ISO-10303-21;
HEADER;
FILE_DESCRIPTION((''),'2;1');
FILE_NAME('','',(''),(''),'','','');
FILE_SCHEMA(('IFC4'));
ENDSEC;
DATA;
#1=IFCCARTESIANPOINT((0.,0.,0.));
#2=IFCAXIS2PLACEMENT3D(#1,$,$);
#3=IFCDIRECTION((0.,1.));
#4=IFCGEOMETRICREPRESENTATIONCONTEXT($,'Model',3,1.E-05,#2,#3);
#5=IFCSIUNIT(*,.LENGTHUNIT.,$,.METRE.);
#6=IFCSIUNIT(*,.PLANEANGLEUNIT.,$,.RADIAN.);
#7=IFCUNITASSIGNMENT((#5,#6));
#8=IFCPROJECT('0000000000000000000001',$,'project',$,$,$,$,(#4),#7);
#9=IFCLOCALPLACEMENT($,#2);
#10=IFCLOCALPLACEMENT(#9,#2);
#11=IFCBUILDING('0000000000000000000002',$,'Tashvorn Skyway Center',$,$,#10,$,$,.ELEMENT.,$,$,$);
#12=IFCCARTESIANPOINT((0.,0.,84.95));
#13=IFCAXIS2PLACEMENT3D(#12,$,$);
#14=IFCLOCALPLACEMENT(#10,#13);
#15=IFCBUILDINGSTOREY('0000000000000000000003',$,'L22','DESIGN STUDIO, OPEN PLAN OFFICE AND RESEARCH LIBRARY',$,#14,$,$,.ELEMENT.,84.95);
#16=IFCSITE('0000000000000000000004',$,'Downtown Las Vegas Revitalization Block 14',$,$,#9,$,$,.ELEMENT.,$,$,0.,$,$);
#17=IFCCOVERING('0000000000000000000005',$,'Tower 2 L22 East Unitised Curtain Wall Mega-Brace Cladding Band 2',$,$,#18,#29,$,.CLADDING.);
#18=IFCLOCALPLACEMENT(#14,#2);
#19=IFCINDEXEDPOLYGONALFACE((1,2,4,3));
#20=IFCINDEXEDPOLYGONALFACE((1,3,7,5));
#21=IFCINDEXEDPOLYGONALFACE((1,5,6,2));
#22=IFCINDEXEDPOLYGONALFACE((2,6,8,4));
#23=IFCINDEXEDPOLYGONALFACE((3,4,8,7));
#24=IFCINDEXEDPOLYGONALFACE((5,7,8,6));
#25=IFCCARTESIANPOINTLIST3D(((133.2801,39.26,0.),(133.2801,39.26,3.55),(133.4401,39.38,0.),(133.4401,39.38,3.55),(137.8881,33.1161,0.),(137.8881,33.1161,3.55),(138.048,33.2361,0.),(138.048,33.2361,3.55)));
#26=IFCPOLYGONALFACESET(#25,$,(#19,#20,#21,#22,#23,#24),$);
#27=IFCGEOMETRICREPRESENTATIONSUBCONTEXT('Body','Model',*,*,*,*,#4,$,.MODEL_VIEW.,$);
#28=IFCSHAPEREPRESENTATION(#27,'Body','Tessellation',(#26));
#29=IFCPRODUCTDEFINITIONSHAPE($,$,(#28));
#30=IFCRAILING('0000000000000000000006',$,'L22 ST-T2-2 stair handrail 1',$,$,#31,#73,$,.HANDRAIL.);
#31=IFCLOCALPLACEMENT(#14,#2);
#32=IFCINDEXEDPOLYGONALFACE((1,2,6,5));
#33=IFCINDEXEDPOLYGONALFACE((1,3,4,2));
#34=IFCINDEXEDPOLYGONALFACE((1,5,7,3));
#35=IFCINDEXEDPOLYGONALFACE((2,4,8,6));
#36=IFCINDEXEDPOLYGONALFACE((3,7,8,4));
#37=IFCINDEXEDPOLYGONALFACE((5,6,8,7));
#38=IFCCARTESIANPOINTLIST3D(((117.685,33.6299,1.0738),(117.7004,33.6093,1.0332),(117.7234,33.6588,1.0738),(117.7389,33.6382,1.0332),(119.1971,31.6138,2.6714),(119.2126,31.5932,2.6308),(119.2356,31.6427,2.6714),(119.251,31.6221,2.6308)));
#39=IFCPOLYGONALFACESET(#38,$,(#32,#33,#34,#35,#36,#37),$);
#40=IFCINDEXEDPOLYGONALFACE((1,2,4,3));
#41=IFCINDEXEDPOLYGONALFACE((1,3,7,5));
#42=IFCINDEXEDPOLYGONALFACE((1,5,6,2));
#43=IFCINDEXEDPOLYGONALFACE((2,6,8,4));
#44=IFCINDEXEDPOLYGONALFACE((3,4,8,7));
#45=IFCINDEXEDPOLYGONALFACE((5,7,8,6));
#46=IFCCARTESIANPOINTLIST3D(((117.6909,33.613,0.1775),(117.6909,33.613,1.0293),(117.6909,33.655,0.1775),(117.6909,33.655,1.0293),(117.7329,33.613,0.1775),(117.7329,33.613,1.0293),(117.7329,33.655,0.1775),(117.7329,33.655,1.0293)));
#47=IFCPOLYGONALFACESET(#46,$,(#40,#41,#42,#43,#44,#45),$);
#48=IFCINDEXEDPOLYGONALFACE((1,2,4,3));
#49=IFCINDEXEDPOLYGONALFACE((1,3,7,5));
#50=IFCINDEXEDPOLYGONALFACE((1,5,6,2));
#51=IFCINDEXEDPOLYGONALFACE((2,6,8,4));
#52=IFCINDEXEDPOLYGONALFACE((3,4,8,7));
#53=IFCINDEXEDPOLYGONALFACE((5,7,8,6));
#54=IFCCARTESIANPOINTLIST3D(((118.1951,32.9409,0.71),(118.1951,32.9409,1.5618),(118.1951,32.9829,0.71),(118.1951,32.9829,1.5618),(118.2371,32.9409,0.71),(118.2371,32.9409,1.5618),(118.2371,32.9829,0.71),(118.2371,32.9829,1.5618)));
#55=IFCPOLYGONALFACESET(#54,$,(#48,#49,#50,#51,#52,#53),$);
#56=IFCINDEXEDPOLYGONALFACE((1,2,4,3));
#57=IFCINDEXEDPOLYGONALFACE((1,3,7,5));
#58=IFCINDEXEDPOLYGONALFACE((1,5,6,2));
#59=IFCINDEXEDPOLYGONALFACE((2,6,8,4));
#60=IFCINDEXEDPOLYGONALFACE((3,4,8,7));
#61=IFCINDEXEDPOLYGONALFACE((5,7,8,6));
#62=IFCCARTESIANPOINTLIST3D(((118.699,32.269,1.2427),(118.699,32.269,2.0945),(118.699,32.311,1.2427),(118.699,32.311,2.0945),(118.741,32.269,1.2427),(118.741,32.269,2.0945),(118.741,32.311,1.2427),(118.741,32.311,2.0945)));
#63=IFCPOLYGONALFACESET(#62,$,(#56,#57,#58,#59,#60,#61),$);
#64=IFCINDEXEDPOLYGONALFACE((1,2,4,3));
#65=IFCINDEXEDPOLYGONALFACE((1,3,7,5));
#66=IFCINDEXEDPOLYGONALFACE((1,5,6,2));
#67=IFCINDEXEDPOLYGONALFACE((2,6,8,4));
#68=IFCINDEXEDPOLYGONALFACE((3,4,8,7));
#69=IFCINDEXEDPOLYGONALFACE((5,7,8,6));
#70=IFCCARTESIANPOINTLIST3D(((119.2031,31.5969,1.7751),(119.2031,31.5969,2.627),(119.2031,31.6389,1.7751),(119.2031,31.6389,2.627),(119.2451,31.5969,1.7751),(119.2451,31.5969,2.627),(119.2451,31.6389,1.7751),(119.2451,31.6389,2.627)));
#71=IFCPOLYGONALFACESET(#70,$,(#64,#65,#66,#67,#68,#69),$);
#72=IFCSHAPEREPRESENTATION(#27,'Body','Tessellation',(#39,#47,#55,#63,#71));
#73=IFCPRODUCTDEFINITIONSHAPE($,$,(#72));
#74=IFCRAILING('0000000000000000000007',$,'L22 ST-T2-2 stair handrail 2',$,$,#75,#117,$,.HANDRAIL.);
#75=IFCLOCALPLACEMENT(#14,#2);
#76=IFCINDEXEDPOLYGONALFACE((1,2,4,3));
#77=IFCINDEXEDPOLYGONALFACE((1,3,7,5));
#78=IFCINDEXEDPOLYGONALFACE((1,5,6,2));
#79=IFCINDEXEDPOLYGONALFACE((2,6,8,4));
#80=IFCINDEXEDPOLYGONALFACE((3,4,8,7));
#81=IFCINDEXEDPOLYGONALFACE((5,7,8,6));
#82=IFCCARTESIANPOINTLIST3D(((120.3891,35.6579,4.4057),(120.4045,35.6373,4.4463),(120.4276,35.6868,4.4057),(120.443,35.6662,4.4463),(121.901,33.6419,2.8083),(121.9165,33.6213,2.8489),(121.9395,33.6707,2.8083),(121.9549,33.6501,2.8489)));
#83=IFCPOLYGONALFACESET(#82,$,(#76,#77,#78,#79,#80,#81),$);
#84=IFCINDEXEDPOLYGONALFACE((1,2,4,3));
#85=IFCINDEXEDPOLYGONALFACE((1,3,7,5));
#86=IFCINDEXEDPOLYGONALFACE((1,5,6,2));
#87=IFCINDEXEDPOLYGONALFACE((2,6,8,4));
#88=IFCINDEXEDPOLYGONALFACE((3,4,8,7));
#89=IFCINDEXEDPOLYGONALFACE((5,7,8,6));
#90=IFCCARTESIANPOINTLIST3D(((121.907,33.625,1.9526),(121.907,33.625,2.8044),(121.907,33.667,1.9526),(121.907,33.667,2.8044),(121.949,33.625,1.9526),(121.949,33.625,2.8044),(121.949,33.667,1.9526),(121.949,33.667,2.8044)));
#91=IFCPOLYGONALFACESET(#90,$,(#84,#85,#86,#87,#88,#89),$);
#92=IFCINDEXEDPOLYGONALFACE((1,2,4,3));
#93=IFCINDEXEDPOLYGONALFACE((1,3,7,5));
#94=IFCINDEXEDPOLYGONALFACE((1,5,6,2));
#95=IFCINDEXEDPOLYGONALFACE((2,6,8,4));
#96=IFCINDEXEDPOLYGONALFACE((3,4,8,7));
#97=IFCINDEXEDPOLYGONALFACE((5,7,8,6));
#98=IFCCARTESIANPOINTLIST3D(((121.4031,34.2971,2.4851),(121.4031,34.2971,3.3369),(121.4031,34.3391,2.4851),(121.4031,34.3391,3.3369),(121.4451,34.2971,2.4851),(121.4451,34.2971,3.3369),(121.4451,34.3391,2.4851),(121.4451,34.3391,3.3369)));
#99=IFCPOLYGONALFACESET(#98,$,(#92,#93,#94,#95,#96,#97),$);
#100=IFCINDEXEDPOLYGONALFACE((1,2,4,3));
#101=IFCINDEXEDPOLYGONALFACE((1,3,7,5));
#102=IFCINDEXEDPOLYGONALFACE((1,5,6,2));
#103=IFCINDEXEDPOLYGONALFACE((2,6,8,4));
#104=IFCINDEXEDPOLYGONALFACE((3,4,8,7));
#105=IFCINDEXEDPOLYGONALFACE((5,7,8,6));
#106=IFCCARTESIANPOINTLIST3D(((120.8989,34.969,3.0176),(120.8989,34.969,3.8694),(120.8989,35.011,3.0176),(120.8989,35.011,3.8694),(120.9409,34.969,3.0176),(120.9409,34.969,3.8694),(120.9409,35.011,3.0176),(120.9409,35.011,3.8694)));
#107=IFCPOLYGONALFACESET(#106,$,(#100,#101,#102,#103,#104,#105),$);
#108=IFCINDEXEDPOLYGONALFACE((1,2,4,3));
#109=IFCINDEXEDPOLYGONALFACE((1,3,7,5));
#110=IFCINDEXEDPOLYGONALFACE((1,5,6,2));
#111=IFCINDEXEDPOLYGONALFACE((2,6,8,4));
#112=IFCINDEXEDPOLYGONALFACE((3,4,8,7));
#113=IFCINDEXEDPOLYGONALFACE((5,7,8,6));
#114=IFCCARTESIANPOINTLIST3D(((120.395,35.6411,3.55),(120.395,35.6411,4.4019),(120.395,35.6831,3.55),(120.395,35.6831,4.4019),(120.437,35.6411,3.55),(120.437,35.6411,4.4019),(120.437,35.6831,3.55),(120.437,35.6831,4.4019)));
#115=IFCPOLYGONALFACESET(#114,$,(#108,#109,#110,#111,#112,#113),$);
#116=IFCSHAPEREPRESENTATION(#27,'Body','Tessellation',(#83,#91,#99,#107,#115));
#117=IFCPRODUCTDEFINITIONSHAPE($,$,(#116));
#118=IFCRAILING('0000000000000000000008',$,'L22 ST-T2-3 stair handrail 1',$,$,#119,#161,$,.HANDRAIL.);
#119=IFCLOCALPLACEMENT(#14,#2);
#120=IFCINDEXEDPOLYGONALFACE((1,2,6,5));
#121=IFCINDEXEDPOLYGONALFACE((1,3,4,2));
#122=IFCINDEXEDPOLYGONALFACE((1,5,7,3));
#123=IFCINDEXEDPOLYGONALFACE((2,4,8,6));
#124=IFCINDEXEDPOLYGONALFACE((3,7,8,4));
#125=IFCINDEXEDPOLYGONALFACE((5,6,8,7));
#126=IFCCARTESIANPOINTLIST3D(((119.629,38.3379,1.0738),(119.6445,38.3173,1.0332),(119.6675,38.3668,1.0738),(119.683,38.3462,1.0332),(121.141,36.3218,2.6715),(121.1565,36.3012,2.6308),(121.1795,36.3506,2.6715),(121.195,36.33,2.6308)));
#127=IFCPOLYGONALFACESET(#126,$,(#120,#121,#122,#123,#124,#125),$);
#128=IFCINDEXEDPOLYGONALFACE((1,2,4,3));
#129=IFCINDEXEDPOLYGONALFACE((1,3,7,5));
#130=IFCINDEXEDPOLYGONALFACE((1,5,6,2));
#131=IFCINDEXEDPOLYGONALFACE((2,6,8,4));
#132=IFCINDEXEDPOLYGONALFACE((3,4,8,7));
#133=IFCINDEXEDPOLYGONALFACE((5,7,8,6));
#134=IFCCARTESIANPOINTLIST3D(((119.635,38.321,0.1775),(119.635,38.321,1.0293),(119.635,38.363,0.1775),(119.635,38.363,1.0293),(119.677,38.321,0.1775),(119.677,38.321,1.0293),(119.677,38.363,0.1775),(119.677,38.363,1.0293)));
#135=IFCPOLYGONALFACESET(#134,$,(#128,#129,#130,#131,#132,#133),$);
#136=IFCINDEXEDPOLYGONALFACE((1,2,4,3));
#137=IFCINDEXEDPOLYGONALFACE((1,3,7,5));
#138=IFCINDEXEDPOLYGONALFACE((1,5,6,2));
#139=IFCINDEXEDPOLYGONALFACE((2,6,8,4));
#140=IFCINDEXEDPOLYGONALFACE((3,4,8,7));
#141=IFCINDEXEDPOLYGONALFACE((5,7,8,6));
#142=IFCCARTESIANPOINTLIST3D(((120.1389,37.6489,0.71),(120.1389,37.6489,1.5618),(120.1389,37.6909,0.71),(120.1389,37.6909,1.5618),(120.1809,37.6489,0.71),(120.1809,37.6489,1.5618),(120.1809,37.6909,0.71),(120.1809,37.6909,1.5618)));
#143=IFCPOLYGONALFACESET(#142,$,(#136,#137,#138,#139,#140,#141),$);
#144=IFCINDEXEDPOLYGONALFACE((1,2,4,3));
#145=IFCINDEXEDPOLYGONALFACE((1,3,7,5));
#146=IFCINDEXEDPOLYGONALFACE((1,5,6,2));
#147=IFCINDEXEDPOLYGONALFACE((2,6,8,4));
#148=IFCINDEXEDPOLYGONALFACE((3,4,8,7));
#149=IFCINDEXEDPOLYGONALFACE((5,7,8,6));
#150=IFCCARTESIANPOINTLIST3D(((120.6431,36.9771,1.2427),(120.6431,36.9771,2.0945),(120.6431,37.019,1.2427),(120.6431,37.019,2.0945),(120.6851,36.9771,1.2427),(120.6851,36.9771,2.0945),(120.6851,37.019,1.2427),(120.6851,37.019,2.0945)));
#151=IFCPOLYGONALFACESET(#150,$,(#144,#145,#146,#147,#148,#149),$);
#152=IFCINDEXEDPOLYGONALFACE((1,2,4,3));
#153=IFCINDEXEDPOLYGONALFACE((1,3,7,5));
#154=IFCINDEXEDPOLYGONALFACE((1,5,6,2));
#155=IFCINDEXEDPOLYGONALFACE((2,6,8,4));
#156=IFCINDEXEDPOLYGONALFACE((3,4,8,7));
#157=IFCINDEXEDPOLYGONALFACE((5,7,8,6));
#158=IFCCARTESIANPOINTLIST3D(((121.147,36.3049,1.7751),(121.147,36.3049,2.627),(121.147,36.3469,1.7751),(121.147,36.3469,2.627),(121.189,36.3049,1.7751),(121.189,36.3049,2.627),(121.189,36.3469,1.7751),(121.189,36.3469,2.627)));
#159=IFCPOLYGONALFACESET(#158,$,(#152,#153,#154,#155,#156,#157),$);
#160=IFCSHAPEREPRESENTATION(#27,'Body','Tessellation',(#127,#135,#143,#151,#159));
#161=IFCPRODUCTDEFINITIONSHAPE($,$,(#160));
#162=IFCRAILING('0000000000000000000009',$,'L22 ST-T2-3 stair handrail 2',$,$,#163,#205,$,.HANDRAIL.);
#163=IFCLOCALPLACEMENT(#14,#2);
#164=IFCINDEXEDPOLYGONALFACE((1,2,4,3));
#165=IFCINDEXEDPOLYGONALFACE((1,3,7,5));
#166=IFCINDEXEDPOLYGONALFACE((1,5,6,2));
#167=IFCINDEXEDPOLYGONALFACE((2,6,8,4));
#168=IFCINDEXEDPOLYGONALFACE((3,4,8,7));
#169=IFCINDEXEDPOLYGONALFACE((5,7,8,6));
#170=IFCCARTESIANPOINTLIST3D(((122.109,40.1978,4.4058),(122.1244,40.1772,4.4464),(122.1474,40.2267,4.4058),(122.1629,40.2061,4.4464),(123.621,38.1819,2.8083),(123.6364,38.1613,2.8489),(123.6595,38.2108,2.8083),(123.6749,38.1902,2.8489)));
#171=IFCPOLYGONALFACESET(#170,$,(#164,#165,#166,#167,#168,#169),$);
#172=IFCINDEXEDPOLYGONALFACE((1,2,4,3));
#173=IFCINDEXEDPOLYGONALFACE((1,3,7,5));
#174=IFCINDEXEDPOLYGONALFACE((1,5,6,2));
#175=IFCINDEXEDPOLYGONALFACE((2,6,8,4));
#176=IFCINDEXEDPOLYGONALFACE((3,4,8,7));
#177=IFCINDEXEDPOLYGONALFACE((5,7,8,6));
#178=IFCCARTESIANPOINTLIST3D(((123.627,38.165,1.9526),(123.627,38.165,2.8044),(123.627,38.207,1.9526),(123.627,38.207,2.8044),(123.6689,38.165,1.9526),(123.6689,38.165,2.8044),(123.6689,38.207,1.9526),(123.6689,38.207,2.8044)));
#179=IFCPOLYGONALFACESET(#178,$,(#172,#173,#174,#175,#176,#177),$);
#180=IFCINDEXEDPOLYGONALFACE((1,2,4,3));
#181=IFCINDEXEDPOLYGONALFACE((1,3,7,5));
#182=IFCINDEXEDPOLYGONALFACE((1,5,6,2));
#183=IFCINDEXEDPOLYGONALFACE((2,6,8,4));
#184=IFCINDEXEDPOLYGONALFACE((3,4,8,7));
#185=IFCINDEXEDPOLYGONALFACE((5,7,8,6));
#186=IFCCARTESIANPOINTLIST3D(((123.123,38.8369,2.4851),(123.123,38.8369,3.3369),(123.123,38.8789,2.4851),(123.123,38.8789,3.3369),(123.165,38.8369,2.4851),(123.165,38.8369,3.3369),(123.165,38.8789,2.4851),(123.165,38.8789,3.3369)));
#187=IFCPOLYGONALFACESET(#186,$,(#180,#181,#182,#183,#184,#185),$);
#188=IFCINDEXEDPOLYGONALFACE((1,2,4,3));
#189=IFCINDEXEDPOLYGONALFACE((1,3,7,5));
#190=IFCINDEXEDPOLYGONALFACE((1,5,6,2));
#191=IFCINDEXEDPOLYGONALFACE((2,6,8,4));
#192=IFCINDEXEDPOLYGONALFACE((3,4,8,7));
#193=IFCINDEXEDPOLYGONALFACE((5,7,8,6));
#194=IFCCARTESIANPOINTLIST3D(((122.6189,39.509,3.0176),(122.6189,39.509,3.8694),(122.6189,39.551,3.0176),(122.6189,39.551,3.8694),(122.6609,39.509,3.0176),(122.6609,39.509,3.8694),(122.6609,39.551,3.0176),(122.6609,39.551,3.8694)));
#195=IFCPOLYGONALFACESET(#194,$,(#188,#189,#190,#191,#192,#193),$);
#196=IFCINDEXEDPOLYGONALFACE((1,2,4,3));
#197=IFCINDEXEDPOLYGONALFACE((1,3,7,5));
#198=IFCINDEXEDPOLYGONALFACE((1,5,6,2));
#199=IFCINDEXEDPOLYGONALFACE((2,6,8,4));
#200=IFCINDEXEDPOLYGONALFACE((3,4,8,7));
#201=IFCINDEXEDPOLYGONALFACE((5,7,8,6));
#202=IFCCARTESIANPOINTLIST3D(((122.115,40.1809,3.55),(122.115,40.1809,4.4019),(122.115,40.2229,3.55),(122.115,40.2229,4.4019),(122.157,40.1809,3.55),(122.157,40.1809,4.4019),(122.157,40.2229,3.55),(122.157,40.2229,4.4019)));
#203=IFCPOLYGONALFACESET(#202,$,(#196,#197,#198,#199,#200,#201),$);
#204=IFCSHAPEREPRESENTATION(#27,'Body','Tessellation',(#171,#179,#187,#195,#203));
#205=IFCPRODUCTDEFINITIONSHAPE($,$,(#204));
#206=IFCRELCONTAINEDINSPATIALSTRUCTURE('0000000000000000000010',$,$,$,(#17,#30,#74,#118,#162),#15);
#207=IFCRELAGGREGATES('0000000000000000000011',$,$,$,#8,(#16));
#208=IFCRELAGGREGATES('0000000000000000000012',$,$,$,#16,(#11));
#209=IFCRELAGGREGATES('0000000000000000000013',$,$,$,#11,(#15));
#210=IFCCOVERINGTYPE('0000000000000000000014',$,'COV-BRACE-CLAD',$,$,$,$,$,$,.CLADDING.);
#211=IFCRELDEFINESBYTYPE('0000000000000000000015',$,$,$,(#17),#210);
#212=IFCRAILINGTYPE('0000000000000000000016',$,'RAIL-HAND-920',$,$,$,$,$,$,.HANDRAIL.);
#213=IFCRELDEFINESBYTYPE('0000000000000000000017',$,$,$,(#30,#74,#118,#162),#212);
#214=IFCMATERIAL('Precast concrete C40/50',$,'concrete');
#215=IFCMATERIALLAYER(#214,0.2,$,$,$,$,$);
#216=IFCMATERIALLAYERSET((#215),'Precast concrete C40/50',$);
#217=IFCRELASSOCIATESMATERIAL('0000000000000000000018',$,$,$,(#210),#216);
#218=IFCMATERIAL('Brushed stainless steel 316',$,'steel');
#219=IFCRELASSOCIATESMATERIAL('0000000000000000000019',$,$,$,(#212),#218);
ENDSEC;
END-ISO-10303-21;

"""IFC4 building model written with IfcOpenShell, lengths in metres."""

from ifc_helpers import new_model, si_unit, direction, frame, origin, origin_2d, place, context, subcontext, project, spatial, rectangle, extrude, material, layer, layer_set, type_object, element, save


model = new_model("IFC4")

# Units and contexts
model_context = context("Model", 3, precision=1e-05, world=origin(), true_north=direction((0.0, 1.0)))
body_context = subcontext(model_context, "Body", "Model", "MODEL_VIEW")
ifc_project = project(units=[si_unit("LENGTHUNIT", "METRE"), si_unit("PLANEANGLEUNIT", "RADIAN")], contexts=[model_context])

# Site, building, storey
site_placement = place(None, origin())
site = spatial("IfcSite", under=ifc_project, at=site_placement, Name="Downtown Las Vegas Revitalization Block 14", CompositionType="ELEMENT", RefElevation=0.0)
building_placement = place(site_placement, origin())
building = spatial("IfcBuilding", under=site, at=building_placement, Name="Tashvorn Skyway Center", CompositionType="ELEMENT")
storey_placement = place(building_placement, frame((0.0, 0.0, 84.95)))
storey = spatial("IfcBuildingStorey", under=building, at=storey_placement, Name="L22", Description="DESIGN STUDIO, OPEN PLAN OFFICE AND RESEARCH LIBRARY", CompositionType="ELEMENT", Elevation=84.95)

# Covering
ifc_material_1 = material(Name="Precast concrete C40/50", Category="concrete")
ifc_layer_1 = layer(ifc_material_1, 0.2)
ifc_layer_set_1 = layer_set([ifc_layer_1], Name="Precast concrete C40/50")
covering_type = type_object("IfcCoveringType", Name="COV-BRACE-CLAD", PredefinedType="CLADDING", material=ifc_layer_set_1)
covering_placement = place(storey_placement, frame((135.6641, 36.248, 0.0), z_axis=(0.0, 0.0, 1.0), x_axis=(0.6, -0.8, 0.0)))
element("IfcCovering", 1, at=covering_placement, inside=storey, type_object=covering_type, Name="Tower 2 L22 East Unitised Curtain Wall Mega-Brace Cladding Band 2", PredefinedType="CLADDING", context=body_context, shape_type="SweptSolid", body=[
    extrude(rectangle(XDim=7.6799, YDim=0.2, at=origin_2d()), origin(), (0.0, 0.0, 1.0), 3.55),
])

# Railings
ifc_material_2 = material(Name="Brushed stainless steel 316", Category="steel")
railing_type_1 = type_object("IfcRailingType", Name="RAIL-HAND-920", PredefinedType="HANDRAIL", material=ifc_material_2)
railing_1_placement = place(storey_placement, frame((117.7119, 33.634, 0.1775)))
element("IfcRailing", 2, at=railing_1_placement, inside=storey, type_object=railing_type_1, Name="L22 ST-T2-2 stair handrail 1", PredefinedType="HANDRAIL", context=body_context, shape_type="SweptSolid", body=[
    extrude(rectangle(XDim=0.0481, YDim=0.0481, at=origin_2d()), frame((0.0, 0.0, 0.876), z_axis=(0.506779, -0.675651, 0.535416), x_axis=(0.799977, 0.600031, 0.0)), (0.0, 0.0, 1.0), 2.9839),
    extrude(rectangle(XDim=0.042, YDim=0.042, at=origin_2d()), origin(), (0.0, 0.0, 1.0), 0.8518),
    extrude(rectangle(XDim=0.042, YDim=0.042, at=origin_2d()), frame((0.5042, -0.6721, 0.5325)), (0.0, 0.0, 1.0), 0.8518),
    extrude(rectangle(XDim=0.042, YDim=0.042, at=origin_2d()), frame((1.0081, -1.344, 1.0652)), (0.0, 0.0, 1.0), 0.8518),
    extrude(rectangle(XDim=0.042, YDim=0.042, at=origin_2d()), frame((1.5122, -2.0161, 1.5977)), (0.0, 0.0, 1.0), 0.8518),
])
railing_2_placement = place(storey_placement, frame((121.928, 33.646, 1.9526)))
element("IfcRailing", 3, at=railing_2_placement, inside=storey, type_object=railing_type_1, Name="L22 ST-T2-2 stair handrail 2", PredefinedType="HANDRAIL", context=body_context, shape_type="SweptSolid", body=[
    extrude(rectangle(XDim=0.0481, YDim=0.0481, at=origin_2d()), frame((0.0, 0.0, 0.876), z_axis=(-0.506741, 0.675709, 0.535379), x_axis=(-0.800023, -0.599969, 0.0)), (0.0, 0.0, 1.0), 2.9836),
    extrude(rectangle(XDim=0.042, YDim=0.042, at=origin_2d()), origin(), (0.0, 0.0, 1.0), 0.8518),
    extrude(rectangle(XDim=0.042, YDim=0.042, at=origin_2d()), frame((-0.5039, 0.6721, 0.5325)), (0.0, 0.0, 1.0), 0.8518),
    extrude(rectangle(XDim=0.042, YDim=0.042, at=origin_2d()), frame((-1.0081, 1.344, 1.0649)), (0.0, 0.0, 1.0), 0.8518),
    extrude(rectangle(XDim=0.042, YDim=0.042, at=origin_2d()), frame((-1.512, 2.0161, 1.5974)), (0.0, 0.0, 1.0), 0.8518),
])
railing_3_placement = place(storey_placement, frame((119.656, 38.342, 0.1775)))
element("IfcRailing", 4, at=railing_3_placement, inside=storey, type_object=railing_type_1, Name="L22 ST-T2-3 stair handrail 1", PredefinedType="HANDRAIL", context=body_context, shape_type="SweptSolid", body=[
    extrude(rectangle(XDim=0.0481, YDim=0.0481, at=origin_2d()), frame((0.0, 0.0, 0.876), z_axis=(0.506719, -0.675679, 0.535438), x_axis=(0.800023, 0.599969, 0.0)), (0.0, 0.0, 1.0), 2.9839),
    extrude(rectangle(XDim=0.042, YDim=0.042, at=origin_2d()), origin(), (0.0, 0.0, 1.0), 0.8518),
    extrude(rectangle(XDim=0.042, YDim=0.042, at=origin_2d()), frame((0.5039, -0.6721, 0.5325)), (0.0, 0.0, 1.0), 0.8518),
    extrude(rectangle(XDim=0.042, YDim=0.042, at=origin_2d()), frame((1.0081, -1.344, 1.0652)), (0.0, 0.0, 1.0), 0.8518),
    extrude(rectangle(XDim=0.042, YDim=0.042, at=origin_2d()), frame((1.512, -2.0161, 1.5977)), (0.0, 0.0, 1.0), 0.8518),
])
railing_4_placement = place(storey_placement, frame((123.6479, 38.186, 1.9526)))
element("IfcRailing", 5, at=railing_4_placement, inside=storey, type_object=railing_type_1, Name="L22 ST-T2-3 stair handrail 2", PredefinedType="HANDRAIL", context=body_context, shape_type="SweptSolid", body=[
    extrude(rectangle(XDim=0.0481, YDim=0.0481, at=origin_2d()), frame((0.0, 0.0, 0.876), z_axis=(-0.506769, 0.675664, 0.535409), x_axis=(-0.799988, -0.600016, 0.0)), (0.0, 0.0, 1.0), 2.9836),
    extrude(rectangle(XDim=0.042, YDim=0.042, at=origin_2d()), origin(), (0.0, 0.0, 1.0), 0.8518),
    extrude(rectangle(XDim=0.042, YDim=0.042, at=origin_2d()), frame((-0.5039, 0.6719, 0.5325)), (0.0, 0.0, 1.0), 0.8518),
    extrude(rectangle(XDim=0.042, YDim=0.042, at=origin_2d()), frame((-1.0081, 1.344, 1.0649)), (0.0, 0.0, 1.0), 0.8518),
    extrude(rectangle(XDim=0.042, YDim=0.042, at=origin_2d()), frame((-1.512, 2.0159, 1.5974)), (0.0, 0.0, 1.0), 0.8518),
])

save(model, "model.ifc")
